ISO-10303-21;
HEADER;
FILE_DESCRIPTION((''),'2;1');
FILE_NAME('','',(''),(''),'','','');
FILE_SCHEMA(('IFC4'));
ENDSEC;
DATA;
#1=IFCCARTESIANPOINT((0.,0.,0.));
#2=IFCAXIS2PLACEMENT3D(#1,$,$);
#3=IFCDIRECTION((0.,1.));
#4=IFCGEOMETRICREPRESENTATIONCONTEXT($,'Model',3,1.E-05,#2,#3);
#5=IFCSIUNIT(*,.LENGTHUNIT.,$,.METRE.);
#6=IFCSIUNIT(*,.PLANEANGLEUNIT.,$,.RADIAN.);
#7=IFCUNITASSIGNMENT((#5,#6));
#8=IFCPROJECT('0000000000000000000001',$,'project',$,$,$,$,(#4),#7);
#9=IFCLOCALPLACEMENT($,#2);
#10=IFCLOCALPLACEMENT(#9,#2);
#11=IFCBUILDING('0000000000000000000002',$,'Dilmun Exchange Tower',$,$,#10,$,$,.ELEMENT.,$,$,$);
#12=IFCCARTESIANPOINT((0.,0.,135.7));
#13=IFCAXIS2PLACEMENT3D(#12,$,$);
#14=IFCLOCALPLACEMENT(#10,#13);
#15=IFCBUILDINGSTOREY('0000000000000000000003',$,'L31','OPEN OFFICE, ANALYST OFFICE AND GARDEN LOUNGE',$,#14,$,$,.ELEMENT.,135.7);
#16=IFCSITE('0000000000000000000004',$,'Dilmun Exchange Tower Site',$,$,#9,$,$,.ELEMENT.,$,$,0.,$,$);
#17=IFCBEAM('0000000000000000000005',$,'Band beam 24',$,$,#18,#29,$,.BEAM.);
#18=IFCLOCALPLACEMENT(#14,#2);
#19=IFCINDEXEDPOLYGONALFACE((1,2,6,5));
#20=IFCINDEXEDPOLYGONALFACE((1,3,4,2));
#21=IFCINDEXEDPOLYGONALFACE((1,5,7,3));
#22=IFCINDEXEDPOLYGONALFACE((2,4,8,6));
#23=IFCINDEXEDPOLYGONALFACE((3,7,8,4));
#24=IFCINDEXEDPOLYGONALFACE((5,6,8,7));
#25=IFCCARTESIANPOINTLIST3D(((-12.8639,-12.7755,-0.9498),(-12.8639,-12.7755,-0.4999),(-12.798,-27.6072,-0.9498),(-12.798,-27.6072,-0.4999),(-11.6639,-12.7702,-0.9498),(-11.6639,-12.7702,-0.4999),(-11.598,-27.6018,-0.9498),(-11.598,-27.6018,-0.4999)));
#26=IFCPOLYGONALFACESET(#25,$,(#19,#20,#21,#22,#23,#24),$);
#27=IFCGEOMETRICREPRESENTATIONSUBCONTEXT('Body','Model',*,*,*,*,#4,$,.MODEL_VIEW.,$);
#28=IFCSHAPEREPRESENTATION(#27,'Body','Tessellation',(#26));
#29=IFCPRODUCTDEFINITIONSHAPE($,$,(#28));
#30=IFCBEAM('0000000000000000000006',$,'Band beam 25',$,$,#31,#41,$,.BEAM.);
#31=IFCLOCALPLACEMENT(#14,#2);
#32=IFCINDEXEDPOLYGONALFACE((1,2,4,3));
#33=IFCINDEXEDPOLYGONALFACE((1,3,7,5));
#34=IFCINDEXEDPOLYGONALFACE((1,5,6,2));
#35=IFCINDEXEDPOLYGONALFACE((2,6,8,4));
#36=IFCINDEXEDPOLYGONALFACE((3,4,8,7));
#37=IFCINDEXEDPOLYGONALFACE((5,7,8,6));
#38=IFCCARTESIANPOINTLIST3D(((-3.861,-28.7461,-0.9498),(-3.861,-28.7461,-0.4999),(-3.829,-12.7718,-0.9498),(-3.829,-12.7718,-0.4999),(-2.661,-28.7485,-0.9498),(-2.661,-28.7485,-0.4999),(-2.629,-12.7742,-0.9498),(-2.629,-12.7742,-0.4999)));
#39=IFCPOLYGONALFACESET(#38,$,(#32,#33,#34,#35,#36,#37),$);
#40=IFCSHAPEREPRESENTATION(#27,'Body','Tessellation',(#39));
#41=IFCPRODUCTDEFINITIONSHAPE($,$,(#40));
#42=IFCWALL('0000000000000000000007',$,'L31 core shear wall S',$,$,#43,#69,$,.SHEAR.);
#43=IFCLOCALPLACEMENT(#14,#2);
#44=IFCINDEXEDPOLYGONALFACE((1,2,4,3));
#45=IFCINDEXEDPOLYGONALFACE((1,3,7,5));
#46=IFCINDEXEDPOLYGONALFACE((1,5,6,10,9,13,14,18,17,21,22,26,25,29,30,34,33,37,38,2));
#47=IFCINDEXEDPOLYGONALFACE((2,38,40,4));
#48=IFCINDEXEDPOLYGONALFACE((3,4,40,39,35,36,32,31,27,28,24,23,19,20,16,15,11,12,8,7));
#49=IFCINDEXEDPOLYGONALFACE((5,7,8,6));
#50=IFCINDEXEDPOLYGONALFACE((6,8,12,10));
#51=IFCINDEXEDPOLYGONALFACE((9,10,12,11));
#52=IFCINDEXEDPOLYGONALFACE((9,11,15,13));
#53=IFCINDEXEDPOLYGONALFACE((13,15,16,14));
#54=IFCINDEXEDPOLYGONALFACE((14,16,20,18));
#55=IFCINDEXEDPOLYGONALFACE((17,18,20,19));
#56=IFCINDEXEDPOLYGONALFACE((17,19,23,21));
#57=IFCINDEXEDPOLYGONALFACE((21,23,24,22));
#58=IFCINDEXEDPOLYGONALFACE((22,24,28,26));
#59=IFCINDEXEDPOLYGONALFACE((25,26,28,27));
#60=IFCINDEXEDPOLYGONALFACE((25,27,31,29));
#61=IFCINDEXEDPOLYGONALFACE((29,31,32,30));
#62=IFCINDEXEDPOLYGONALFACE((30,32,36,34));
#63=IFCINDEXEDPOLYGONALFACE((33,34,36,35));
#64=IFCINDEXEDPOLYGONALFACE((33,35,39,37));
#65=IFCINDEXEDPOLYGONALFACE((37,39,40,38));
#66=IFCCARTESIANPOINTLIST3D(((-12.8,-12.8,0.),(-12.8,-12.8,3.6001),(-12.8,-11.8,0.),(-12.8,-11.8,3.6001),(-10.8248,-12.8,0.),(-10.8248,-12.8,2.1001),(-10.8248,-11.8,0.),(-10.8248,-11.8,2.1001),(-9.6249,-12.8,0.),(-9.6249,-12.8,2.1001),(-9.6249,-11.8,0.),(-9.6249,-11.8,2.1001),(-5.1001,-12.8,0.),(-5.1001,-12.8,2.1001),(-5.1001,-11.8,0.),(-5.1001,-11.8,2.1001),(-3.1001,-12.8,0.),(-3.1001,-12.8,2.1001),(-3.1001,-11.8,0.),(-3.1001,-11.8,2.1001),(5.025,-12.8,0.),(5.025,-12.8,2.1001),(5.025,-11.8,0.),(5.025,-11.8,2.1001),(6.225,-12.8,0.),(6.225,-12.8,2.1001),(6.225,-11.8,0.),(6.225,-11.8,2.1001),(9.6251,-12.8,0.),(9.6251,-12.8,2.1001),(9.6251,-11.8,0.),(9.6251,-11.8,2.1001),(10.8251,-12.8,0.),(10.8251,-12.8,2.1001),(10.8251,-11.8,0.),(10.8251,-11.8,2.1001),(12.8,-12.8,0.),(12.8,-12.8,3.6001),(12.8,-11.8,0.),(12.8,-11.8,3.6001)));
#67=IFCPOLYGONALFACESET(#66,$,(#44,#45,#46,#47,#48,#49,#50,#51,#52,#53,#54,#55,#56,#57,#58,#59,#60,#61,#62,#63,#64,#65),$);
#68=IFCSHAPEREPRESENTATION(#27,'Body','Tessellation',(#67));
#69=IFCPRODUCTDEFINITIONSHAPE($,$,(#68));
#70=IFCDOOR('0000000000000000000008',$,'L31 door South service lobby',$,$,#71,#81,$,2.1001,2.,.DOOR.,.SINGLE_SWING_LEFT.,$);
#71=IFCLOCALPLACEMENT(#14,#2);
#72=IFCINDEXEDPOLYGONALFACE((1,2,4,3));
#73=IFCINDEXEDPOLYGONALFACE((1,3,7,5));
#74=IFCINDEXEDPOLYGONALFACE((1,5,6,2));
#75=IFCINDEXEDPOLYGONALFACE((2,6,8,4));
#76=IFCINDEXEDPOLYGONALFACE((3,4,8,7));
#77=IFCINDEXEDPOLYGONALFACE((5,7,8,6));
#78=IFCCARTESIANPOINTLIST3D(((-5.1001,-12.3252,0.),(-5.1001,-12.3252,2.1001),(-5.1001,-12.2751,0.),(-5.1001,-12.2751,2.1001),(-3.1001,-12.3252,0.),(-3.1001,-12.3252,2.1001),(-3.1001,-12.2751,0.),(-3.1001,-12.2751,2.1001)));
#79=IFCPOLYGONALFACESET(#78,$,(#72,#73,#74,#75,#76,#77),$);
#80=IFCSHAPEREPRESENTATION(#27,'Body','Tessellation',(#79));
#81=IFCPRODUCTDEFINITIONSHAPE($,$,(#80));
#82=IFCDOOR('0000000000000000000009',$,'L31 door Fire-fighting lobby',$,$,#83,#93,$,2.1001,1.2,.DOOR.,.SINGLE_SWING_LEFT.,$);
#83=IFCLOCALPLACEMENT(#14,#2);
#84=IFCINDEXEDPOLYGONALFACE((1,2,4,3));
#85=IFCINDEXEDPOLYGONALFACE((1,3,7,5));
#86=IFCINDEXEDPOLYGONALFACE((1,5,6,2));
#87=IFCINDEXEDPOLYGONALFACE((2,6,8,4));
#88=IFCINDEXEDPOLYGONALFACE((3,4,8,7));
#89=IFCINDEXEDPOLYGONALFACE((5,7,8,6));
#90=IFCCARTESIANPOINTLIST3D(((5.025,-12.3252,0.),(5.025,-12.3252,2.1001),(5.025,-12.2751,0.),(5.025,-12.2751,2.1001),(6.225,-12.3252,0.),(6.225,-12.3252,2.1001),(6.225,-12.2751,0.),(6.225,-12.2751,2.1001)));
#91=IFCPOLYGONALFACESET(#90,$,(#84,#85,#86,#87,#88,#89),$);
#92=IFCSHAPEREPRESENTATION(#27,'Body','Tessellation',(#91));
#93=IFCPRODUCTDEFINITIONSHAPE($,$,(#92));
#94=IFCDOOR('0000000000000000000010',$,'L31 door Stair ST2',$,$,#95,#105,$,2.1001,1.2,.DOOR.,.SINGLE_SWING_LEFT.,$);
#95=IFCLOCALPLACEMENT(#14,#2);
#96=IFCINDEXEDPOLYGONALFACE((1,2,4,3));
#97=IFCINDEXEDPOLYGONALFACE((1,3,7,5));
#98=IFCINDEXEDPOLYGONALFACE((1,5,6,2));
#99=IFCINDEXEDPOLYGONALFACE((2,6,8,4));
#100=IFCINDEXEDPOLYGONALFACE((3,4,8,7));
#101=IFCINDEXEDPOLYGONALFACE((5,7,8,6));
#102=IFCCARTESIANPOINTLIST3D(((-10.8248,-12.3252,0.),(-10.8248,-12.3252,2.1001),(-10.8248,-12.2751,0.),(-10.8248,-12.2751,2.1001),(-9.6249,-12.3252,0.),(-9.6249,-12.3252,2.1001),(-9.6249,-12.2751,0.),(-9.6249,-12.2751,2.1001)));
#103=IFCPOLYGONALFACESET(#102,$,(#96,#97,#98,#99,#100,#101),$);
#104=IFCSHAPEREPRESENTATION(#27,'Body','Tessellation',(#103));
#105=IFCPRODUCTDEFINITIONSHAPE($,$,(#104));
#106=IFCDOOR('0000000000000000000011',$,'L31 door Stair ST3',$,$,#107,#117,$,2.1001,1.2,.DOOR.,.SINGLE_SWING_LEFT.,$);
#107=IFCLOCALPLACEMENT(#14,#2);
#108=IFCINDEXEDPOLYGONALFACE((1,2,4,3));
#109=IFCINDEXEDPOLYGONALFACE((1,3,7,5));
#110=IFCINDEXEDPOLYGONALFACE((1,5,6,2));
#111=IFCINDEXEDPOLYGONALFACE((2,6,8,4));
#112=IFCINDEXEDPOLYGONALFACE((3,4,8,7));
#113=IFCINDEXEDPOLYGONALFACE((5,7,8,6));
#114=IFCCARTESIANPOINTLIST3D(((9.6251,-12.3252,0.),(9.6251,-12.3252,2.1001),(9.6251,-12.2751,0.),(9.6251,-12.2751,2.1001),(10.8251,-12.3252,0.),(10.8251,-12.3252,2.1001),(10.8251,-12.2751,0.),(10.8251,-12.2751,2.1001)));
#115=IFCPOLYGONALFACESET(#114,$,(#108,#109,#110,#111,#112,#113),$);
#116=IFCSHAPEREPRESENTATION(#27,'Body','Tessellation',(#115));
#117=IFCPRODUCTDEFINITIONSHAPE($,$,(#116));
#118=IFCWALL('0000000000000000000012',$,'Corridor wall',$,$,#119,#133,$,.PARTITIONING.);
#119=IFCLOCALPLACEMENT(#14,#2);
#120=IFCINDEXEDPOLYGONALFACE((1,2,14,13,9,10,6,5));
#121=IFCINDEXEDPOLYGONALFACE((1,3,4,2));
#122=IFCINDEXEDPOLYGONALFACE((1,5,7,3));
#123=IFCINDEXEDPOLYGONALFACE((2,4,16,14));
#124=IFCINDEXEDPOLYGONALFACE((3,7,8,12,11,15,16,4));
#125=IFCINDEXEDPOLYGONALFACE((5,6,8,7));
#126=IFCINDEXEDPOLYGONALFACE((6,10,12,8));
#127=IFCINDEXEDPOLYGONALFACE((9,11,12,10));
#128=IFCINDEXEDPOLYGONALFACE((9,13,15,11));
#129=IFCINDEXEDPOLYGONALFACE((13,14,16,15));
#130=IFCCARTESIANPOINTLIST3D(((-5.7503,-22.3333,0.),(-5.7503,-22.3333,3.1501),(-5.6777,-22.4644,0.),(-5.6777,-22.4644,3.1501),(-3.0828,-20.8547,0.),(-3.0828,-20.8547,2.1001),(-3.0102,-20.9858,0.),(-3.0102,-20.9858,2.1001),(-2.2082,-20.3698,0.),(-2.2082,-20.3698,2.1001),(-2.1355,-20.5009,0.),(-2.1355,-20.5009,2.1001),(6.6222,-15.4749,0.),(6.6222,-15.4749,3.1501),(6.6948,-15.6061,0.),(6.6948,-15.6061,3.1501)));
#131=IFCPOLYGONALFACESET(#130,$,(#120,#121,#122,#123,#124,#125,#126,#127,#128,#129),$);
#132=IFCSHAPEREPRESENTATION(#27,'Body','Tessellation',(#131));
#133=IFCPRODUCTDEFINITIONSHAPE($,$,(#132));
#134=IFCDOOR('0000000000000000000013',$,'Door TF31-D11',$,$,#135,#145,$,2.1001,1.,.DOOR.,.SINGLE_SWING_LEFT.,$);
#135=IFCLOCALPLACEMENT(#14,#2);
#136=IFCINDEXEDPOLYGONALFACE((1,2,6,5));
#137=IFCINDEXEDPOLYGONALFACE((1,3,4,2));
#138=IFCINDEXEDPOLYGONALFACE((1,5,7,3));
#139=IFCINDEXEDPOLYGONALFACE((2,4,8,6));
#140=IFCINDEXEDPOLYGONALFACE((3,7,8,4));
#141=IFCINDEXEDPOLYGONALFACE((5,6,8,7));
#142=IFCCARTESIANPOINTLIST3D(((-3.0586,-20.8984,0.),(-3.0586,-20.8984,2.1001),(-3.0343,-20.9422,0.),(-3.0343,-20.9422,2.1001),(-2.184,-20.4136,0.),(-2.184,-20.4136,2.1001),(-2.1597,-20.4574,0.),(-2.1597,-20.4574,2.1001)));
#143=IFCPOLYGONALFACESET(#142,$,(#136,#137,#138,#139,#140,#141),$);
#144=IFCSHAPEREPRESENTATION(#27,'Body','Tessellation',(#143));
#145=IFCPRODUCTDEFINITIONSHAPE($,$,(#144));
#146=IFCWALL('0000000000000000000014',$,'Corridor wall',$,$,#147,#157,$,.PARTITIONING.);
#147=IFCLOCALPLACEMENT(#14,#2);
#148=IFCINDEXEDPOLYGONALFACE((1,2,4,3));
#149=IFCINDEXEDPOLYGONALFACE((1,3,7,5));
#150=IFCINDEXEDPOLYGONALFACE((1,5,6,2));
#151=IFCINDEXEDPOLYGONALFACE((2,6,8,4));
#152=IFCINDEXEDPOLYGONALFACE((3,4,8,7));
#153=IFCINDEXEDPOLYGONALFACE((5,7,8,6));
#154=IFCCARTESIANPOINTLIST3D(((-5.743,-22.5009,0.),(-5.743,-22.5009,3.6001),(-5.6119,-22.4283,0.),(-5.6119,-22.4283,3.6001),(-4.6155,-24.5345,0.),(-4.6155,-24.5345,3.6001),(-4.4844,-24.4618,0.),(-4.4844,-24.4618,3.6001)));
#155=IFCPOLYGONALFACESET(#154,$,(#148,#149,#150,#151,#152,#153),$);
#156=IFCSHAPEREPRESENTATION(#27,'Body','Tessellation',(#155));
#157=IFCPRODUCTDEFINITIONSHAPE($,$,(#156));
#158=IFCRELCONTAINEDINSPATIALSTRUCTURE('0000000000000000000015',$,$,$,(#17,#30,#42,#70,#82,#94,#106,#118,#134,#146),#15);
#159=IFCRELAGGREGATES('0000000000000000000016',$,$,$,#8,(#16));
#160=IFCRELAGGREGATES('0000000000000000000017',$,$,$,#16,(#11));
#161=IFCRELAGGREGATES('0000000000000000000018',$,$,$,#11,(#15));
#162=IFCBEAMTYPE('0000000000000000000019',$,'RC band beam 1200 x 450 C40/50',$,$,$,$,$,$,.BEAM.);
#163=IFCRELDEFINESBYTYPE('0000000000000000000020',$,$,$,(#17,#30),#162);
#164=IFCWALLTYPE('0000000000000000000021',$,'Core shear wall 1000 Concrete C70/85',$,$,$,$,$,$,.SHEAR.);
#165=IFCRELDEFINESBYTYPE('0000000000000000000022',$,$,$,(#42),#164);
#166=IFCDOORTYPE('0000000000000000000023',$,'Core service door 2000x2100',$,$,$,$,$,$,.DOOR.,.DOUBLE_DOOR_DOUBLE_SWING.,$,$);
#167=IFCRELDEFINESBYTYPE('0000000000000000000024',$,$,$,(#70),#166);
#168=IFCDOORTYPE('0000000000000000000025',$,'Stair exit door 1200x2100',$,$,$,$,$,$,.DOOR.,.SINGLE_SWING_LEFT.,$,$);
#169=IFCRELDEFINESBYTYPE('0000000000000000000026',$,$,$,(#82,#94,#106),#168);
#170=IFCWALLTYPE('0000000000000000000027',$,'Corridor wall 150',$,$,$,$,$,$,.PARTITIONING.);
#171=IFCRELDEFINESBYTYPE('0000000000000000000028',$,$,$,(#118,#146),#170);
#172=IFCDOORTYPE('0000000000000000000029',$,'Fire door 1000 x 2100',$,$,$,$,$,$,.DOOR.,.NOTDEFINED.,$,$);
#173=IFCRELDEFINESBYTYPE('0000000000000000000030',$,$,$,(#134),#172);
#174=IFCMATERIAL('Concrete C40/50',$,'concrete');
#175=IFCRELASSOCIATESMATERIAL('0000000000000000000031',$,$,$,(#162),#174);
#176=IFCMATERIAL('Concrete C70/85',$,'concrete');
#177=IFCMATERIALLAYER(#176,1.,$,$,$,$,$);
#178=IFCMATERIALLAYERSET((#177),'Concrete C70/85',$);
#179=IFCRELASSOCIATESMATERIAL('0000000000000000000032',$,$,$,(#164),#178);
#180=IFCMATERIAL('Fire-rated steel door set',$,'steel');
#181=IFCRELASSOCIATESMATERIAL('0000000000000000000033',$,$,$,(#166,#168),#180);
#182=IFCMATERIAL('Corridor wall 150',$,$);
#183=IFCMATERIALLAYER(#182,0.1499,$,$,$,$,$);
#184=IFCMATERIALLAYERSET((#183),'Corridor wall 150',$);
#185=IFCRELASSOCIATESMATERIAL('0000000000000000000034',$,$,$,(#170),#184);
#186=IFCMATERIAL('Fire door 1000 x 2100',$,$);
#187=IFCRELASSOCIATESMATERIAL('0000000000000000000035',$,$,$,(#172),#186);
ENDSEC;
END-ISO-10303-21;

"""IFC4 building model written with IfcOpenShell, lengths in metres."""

from ifc_helpers import new_model, si_unit, direction, frame, frame_2d, origin, origin_2d, place, context, subcontext, project, spatial, rectangle, extrude, material, layer, layer_set, material_profile, profile_set, type_object, element, fill, save


model = new_model("IFC4")

# Units and contexts
model_context = context("Model", 3, precision=1e-05, world=origin(), true_north=direction((0.0, 1.0)))
body_context = subcontext(model_context, "Body", "Model", "MODEL_VIEW")
ifc_project = project(units=[si_unit("LENGTHUNIT", "METRE"), si_unit("PLANEANGLEUNIT", "RADIAN")], contexts=[model_context])

# Site, building, storey
site_placement = place(None, origin())
site = spatial("IfcSite", under=ifc_project, at=site_placement, Name="Dilmun Exchange Tower Site", CompositionType="ELEMENT", RefElevation=0.0)
building_placement = place(site_placement, origin())
building = spatial("IfcBuilding", under=site, at=building_placement, Name="Dilmun Exchange Tower", CompositionType="ELEMENT")
storey_placement = place(building_placement, frame((0.0, 0.0, 135.7)))
storey = spatial("IfcBuildingStorey", under=building, at=storey_placement, Name="L31", Description="OPEN OFFICE, ANALYST OFFICE AND GARDEN LOUNGE", CompositionType="ELEMENT", Elevation=135.7)

# Beams
ifc_material_1 = material(Name="Concrete C40/50", Category="concrete")
ifc_material_profile = material_profile(ifc_material_1, rectangle(XDim=1.2, YDim=0.45, at=origin_2d()), Name="1200 x 450")
ifc_profile_set = profile_set([ifc_material_profile], Name="Concrete C40/50")
beam_type = type_object("IfcBeamType", Name="RC band beam 1200 x 450 C40/50", PredefinedType="BEAM", material=ifc_profile_set)
beam_1_placement = place(storey_placement, frame((-12.198, -27.6045, -0.7249), z_axis=(-0.004444, 0.99999, 0.0), x_axis=(-0.99999, -0.004444, 0.0)))
element("IfcBeam", 1, at=beam_1_placement, inside=storey, type_object=beam_type, Name="Band beam 24", PredefinedType="BEAM", context=body_context, shape_type="SweptSolid", body=[
    extrude(rectangle(XDim=1.2, YDim=0.45, at=origin_2d()), origin(), (0.0, 0.0, 1.0), 14.8318),
])
beam_2_placement = place(storey_placement, frame((-3.261, -28.7473, -0.7249), z_axis=(0.002002, 0.999998, 0.0), x_axis=(-0.999998, 0.002002, 0.0)))
element("IfcBeam", 2, at=beam_2_placement, inside=storey, type_object=beam_type, Name="Band beam 25", PredefinedType="BEAM", context=body_context, shape_type="SweptSolid", body=[
    extrude(rectangle(XDim=1.2, YDim=0.45, at=origin_2d()), origin(), (0.0, 0.0, 1.0), 15.9744),
])

# Wall, openings, doors
ifc_material_2 = material(Name="Concrete C70/85", Category="concrete")
ifc_layer_1 = layer(ifc_material_2, 1.0)
ifc_layer_set_1 = layer_set([ifc_layer_1], Name="Concrete C70/85")
wall_type_1 = type_object("IfcWallType", Name="Core shear wall 1000 Concrete C70/85", PredefinedType="SHEAR", material=ifc_layer_set_1)
wall_1_placement = place(storey_placement, frame((-12.8, -12.3, 0.0), z_axis=(0.0, 0.0, 1.0), x_axis=(1.0, 0.0, 0.0)))
wall_1 = element("IfcWall", 3, at=wall_1_placement, inside=storey, type_object=wall_type_1, Name="L31 core shear wall S", PredefinedType="SHEAR", context=body_context, shape_type="SweptSolid", body=[
    extrude(rectangle(XDim=25.6001, YDim=1.0, at=frame_2d((12.8, 0.0))), origin(), (0.0, 0.0, 1.0), 3.6001),
])
opening_1_placement = place(wall_1_placement, frame((7.7, 0.0, 0.0)))
opening_1 = element("IfcOpeningElement", 4, at=opening_1_placement, cuts=wall_1, PredefinedType="OPENING", context=body_context, shape_type="SweptSolid", body=[
    extrude(rectangle(XDim=2.0, YDim=2.1001, at=frame_2d((1.0, 1.05))), frame((0.0, 0.51, 0.0), z_axis=(0.0, -1.0, 0.0), x_axis=(1.0, 0.0, 0.0)), (0.0, 0.0, 1.0), 1.02),
])
opening_2_placement = place(wall_1_placement, frame((17.825, 0.0, 0.0)))
opening_2 = element("IfcOpeningElement", 5, at=opening_2_placement, cuts=wall_1, PredefinedType="OPENING", context=body_context, shape_type="SweptSolid", body=[
    extrude(rectangle(XDim=1.2, YDim=2.1001, at=frame_2d((0.6001, 1.05))), frame((0.0, 0.51, 0.0), z_axis=(0.0, -1.0, 0.0), x_axis=(1.0, 0.0, 0.0)), (0.0, 0.0, 1.0), 1.02),
])
opening_3_placement = place(wall_1_placement, frame((1.9751, 0.0, 0.0)))
opening_3 = element("IfcOpeningElement", 6, at=opening_3_placement, cuts=wall_1, PredefinedType="OPENING", context=body_context, shape_type="SweptSolid", body=[
    extrude(rectangle(XDim=1.2, YDim=2.1001, at=frame_2d((0.6001, 1.05))), frame((0.0, 0.51, 0.0), z_axis=(0.0, -1.0, 0.0), x_axis=(1.0, 0.0, 0.0)), (0.0, 0.0, 1.0), 1.02),
])
opening_4_placement = place(wall_1_placement, frame((22.425, 0.0, 0.0)))
opening_4 = element("IfcOpeningElement", 7, at=opening_4_placement, cuts=wall_1, PredefinedType="OPENING", context=body_context, shape_type="SweptSolid", body=[
    extrude(rectangle(XDim=1.2, YDim=2.1001, at=frame_2d((0.6001, 1.05))), frame((0.0, 0.51, 0.0), z_axis=(0.0, -1.0, 0.0), x_axis=(1.0, 0.0, 0.0)), (0.0, 0.0, 1.0), 1.02),
])
ifc_material_3 = material(Name="Fire-rated steel door set", Category="steel")
door_type_1 = type_object("IfcDoorType", Name="Core service door 2000x2100", OperationType="DOUBLE_DOOR_DOUBLE_SWING", PredefinedType="DOOR", material=ifc_material_3)
door_1_placement = place(opening_1_placement, origin())
door_1 = element("IfcDoor", 8, at=door_1_placement, inside=storey, type_object=door_type_1, Name="L31 door South service lobby", OperationType="SINGLE_SWING_LEFT", OverallHeight=2.1001, OverallWidth=2.0, PredefinedType="DOOR", context=body_context, shape_type="SweptSolid", body=[
    extrude(rectangle(XDim=2.0, YDim=2.1001, at=frame_2d((1.0, 1.05))), frame((0.0, 0.0249, 0.0), z_axis=(0.0, -1.0, 0.0), x_axis=(1.0, 0.0, 0.0)), (0.0, 0.0, 1.0), 0.05),
])
fill(opening_1, door_1)
door_type_2 = type_object("IfcDoorType", Name="Stair exit door 1200x2100", OperationType="SINGLE_SWING_LEFT", PredefinedType="DOOR", material=ifc_material_3)
door_2_placement = place(opening_2_placement, origin())
door_2 = element("IfcDoor", 9, at=door_2_placement, inside=storey, type_object=door_type_2, Name="L31 door Fire-fighting lobby", OperationType="SINGLE_SWING_LEFT", OverallHeight=2.1001, OverallWidth=1.2, PredefinedType="DOOR", context=body_context, shape_type="SweptSolid", body=[
    extrude(rectangle(XDim=1.2, YDim=2.1001, at=frame_2d((0.6001, 1.05))), frame((0.0, 0.0249, 0.0), z_axis=(0.0, -1.0, 0.0), x_axis=(1.0, 0.0, 0.0)), (0.0, 0.0, 1.0), 0.05),
])
fill(opening_2, door_2)
door_3_placement = place(opening_3_placement, origin())
door_3 = element("IfcDoor", 10, at=door_3_placement, inside=storey, type_object=door_type_2, Name="L31 door Stair ST2", OperationType="SINGLE_SWING_LEFT", OverallHeight=2.1001, OverallWidth=1.2, PredefinedType="DOOR", context=body_context, shape_type="SweptSolid", body=[
    extrude(rectangle(XDim=1.2, YDim=2.1001, at=frame_2d((0.6001, 1.05))), frame((0.0, 0.0249, 0.0), z_axis=(0.0, -1.0, 0.0), x_axis=(1.0, 0.0, 0.0)), (0.0, 0.0, 1.0), 0.05),
])
fill(opening_3, door_3)
door_4_placement = place(opening_4_placement, origin())
door_4 = element("IfcDoor", 11, at=door_4_placement, inside=storey, type_object=door_type_2, Name="L31 door Stair ST3", OperationType="SINGLE_SWING_LEFT", OverallHeight=2.1001, OverallWidth=1.2, PredefinedType="DOOR", context=body_context, shape_type="SweptSolid", body=[
    extrude(rectangle(XDim=1.2, YDim=2.1001, at=frame_2d((0.6001, 1.05))), frame((0.0, 0.0249, 0.0), z_axis=(0.0, -1.0, 0.0), x_axis=(1.0, 0.0, 0.0)), (0.0, 0.0, 1.0), 0.05),
])
fill(opening_4, door_4)

# Wall, opening, door
ifc_material_4 = material(Name="Corridor wall 150")
ifc_layer_2 = layer(ifc_material_4, 0.1499)
ifc_layer_set_2 = layer_set([ifc_layer_2], Name="Corridor wall 150")
wall_type_2 = type_object("IfcWallType", Name="Corridor wall 150", PredefinedType="PARTITIONING", material=ifc_layer_set_2)
wall_2_placement = place(storey_placement, frame((-5.7141, -22.3989, 0.0), z_axis=(0.0, 0.0, 1.0), x_axis=(0.874614, 0.484819, 0.0)))
wall_2 = element("IfcWall", 12, at=wall_2_placement, inside=storey, type_object=wall_type_2, Name="Corridor wall", PredefinedType="PARTITIONING", context=body_context, shape_type="SweptSolid", body=[
    extrude(rectangle(XDim=14.1462, YDim=0.1499, at=frame_2d((7.0732, 0.0))), origin(), (0.0, 0.0, 1.0), 3.1501),
])
opening_5_placement = place(wall_2_placement, frame((3.05, 0.0, 0.0)))
opening_5 = element("IfcOpeningElement", 13, at=opening_5_placement, cuts=wall_2, PredefinedType="OPENING", context=body_context, shape_type="SweptSolid", body=[
    extrude(rectangle(XDim=1.0, YDim=2.1001, at=frame_2d((0.5, 1.05))), frame((0.0, 0.085, 0.0), z_axis=(0.0, -1.0, 0.0), x_axis=(1.0, 0.0, 0.0)), (0.0, 0.0, 1.0), 0.1699),
])
ifc_material_5 = material(Name="Fire door 1000 x 2100")
door_type_3 = type_object("IfcDoorType", Name="Fire door 1000 x 2100", OperationType="NOTDEFINED", PredefinedType="DOOR", material=ifc_material_5)
door_5_placement = place(opening_5_placement, origin())
door_5 = element("IfcDoor", 14, at=door_5_placement, inside=storey, type_object=door_type_3, Name="Door TF31-D11", OperationType="SINGLE_SWING_LEFT", OverallHeight=2.1001, OverallWidth=1.0, PredefinedType="DOOR", context=body_context, shape_type="SweptSolid", body=[
    extrude(rectangle(XDim=1.0, YDim=2.1001, at=frame_2d((0.5, 1.05))), frame((0.0, 0.0249, 0.0), z_axis=(0.0, -1.0, 0.0), x_axis=(1.0, 0.0, 0.0)), (0.0, 0.0, 1.0), 0.05),
])
fill(opening_5, door_5)

# Wall
wall_3_placement = place(storey_placement, frame((-5.6775, -22.4646, 0.0), z_axis=(0.0, 0.0, 1.0), x_axis=(0.484903, -0.874568, 0.0)))
element("IfcWall", 15, at=wall_3_placement, inside=storey, type_object=wall_type_2, Name="Corridor wall", PredefinedType="PARTITIONING", context=body_context, shape_type="SweptSolid", body=[
    extrude(rectangle(XDim=2.3252, YDim=0.1499, at=frame_2d((1.1626, 0.0))), origin(), (0.0, 0.0, 1.0), 3.6001),
])

save(model, "model.ifc")
